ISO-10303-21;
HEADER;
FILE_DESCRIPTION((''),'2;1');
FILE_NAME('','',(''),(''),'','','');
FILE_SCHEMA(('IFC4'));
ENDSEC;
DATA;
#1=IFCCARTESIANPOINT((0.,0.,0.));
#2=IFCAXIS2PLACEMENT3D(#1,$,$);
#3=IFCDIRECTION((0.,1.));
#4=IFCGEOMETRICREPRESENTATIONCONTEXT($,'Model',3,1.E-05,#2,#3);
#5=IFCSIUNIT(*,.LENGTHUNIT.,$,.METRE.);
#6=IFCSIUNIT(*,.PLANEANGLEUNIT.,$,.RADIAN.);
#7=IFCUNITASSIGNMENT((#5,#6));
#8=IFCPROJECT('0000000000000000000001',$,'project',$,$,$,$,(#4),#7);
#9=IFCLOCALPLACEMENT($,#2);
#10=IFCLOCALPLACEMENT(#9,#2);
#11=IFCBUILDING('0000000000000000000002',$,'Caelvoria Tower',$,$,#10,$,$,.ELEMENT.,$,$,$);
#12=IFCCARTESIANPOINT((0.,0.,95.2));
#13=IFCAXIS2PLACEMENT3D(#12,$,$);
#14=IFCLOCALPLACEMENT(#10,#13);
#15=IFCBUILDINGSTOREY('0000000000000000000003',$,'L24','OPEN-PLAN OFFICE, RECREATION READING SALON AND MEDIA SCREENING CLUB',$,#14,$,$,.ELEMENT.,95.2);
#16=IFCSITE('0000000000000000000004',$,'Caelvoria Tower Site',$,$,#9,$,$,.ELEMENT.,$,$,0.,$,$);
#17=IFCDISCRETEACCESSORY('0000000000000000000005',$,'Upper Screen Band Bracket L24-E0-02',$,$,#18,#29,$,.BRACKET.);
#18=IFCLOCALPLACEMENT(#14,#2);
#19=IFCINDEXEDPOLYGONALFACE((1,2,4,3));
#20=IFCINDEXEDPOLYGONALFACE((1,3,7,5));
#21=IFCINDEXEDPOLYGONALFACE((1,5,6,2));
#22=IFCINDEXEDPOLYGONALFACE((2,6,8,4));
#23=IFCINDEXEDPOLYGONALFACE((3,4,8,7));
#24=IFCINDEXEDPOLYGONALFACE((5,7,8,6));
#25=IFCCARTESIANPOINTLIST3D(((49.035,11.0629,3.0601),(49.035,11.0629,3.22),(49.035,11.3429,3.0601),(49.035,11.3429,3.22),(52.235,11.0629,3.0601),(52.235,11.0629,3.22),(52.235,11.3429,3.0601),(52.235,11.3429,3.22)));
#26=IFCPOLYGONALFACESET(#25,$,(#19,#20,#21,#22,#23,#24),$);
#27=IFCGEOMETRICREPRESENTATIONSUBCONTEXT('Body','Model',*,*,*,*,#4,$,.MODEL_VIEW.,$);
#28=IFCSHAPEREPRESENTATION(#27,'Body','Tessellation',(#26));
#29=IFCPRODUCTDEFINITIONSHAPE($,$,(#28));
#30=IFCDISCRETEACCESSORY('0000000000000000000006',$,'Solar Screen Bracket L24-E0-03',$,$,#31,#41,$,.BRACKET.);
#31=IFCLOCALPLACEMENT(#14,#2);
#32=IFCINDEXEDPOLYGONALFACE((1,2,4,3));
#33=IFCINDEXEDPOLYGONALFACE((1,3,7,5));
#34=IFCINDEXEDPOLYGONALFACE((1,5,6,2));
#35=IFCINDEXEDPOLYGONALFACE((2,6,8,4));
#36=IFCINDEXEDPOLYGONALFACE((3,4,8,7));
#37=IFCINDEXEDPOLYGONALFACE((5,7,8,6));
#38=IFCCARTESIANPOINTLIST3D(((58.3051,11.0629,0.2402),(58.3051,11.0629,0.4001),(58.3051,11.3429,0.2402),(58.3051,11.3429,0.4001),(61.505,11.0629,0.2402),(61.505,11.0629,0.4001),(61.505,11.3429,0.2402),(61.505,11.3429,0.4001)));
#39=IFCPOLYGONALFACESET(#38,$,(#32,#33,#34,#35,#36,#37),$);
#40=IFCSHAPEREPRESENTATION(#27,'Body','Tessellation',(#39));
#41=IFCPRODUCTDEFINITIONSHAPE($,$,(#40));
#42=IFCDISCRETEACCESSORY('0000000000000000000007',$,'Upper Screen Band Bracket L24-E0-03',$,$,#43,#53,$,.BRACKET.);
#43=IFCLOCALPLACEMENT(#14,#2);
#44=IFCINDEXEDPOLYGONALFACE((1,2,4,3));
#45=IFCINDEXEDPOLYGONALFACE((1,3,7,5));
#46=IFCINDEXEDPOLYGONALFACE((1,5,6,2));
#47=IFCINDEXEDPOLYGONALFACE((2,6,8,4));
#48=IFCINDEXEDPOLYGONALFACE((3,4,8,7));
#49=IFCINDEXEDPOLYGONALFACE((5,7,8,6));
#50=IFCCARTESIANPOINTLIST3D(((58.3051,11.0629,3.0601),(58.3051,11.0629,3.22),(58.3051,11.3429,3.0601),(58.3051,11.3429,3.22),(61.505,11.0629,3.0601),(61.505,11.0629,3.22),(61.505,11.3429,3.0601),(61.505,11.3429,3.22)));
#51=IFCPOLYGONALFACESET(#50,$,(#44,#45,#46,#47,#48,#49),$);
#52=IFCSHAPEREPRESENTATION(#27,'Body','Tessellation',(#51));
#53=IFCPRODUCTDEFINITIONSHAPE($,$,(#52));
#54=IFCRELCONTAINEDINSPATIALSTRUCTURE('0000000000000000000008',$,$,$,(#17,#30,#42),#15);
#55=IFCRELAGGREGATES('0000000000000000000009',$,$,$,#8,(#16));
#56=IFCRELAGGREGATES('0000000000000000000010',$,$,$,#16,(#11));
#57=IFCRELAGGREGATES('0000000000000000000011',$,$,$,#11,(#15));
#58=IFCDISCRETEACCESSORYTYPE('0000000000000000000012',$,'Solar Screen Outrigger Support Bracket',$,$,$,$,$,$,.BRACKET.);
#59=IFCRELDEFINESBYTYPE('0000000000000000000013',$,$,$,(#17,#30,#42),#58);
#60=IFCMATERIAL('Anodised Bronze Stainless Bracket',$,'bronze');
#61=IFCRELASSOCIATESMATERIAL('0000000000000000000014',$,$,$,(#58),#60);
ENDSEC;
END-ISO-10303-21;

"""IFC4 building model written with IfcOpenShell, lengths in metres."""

from ifc_helpers import new_model, si_unit, direction, frame, origin, origin_2d, place, context, subcontext, project, spatial, rectangle, extrude, material, type_object, element, save


model = new_model("IFC4")

# Units and contexts
model_context = context("Model", 3, precision=1e-05, world=origin(), true_north=direction((0.0, 1.0)))
body_context = subcontext(model_context, "Body", "Model", "MODEL_VIEW")
ifc_project = project(units=[si_unit("LENGTHUNIT", "METRE"), si_unit("PLANEANGLEUNIT", "RADIAN")], contexts=[model_context])

# Site, building, storey
site_placement = place(None, origin())
site = spatial("IfcSite", under=ifc_project, at=site_placement, Name="Caelvoria Tower Site", CompositionType="ELEMENT", RefElevation=0.0)
building_placement = place(site_placement, origin())
building = spatial("IfcBuilding", under=site, at=building_placement, Name="Caelvoria Tower", CompositionType="ELEMENT")
storey_placement = place(building_placement, frame((0.0, 0.0, 95.2)))
storey = spatial("IfcBuildingStorey", under=building, at=storey_placement, Name="L24", Description="OPEN-PLAN OFFICE, RECREATION READING SALON AND MEDIA SCREENING CLUB", CompositionType="ELEMENT", Elevation=95.2)

# Discrete accessories
ifc_material_1 = material(Name="Anodised Bronze Stainless Bracket", Category="bronze")
discrete_accessory_type = type_object("IfcDiscreteAccessoryType", Name="Solar Screen Outrigger Support Bracket", PredefinedType="BRACKET", material=ifc_material_1)
for number, where, z_axis, x_axis, name in (
    (1, (50.635, 11.2029, 3.0601), (0.0, 0.0, 1.0), (1.0, 0.0, 0.0), "Upper Screen Band Bracket L24-E0-02"),
    (2, (59.905, 11.2029, 0.2402), (0.0, 0.0, 1.0), (1.0, 0.0, 0.0), "Solar Screen Bracket L24-E0-03"),
    (3, (59.905, 11.2029, 3.0601), (0.0, 0.0, 1.0), (1.0, 0.0, 0.0), "Upper Screen Band Bracket L24-E0-03"),
):
    element("IfcDiscreteAccessory", number, at=place(storey_placement, frame(where, z_axis=z_axis, x_axis=x_axis)), inside=storey, type_object=discrete_accessory_type, Name=name, PredefinedType="BRACKET", context=body_context, shape_type="SweptSolid", body=[
        extrude(rectangle(XDim=3.2, YDim=0.28, at=origin_2d()), origin(), (0.0, 0.0, 1.0), 0.1599),
    ])

save(model, "model.ifc")
